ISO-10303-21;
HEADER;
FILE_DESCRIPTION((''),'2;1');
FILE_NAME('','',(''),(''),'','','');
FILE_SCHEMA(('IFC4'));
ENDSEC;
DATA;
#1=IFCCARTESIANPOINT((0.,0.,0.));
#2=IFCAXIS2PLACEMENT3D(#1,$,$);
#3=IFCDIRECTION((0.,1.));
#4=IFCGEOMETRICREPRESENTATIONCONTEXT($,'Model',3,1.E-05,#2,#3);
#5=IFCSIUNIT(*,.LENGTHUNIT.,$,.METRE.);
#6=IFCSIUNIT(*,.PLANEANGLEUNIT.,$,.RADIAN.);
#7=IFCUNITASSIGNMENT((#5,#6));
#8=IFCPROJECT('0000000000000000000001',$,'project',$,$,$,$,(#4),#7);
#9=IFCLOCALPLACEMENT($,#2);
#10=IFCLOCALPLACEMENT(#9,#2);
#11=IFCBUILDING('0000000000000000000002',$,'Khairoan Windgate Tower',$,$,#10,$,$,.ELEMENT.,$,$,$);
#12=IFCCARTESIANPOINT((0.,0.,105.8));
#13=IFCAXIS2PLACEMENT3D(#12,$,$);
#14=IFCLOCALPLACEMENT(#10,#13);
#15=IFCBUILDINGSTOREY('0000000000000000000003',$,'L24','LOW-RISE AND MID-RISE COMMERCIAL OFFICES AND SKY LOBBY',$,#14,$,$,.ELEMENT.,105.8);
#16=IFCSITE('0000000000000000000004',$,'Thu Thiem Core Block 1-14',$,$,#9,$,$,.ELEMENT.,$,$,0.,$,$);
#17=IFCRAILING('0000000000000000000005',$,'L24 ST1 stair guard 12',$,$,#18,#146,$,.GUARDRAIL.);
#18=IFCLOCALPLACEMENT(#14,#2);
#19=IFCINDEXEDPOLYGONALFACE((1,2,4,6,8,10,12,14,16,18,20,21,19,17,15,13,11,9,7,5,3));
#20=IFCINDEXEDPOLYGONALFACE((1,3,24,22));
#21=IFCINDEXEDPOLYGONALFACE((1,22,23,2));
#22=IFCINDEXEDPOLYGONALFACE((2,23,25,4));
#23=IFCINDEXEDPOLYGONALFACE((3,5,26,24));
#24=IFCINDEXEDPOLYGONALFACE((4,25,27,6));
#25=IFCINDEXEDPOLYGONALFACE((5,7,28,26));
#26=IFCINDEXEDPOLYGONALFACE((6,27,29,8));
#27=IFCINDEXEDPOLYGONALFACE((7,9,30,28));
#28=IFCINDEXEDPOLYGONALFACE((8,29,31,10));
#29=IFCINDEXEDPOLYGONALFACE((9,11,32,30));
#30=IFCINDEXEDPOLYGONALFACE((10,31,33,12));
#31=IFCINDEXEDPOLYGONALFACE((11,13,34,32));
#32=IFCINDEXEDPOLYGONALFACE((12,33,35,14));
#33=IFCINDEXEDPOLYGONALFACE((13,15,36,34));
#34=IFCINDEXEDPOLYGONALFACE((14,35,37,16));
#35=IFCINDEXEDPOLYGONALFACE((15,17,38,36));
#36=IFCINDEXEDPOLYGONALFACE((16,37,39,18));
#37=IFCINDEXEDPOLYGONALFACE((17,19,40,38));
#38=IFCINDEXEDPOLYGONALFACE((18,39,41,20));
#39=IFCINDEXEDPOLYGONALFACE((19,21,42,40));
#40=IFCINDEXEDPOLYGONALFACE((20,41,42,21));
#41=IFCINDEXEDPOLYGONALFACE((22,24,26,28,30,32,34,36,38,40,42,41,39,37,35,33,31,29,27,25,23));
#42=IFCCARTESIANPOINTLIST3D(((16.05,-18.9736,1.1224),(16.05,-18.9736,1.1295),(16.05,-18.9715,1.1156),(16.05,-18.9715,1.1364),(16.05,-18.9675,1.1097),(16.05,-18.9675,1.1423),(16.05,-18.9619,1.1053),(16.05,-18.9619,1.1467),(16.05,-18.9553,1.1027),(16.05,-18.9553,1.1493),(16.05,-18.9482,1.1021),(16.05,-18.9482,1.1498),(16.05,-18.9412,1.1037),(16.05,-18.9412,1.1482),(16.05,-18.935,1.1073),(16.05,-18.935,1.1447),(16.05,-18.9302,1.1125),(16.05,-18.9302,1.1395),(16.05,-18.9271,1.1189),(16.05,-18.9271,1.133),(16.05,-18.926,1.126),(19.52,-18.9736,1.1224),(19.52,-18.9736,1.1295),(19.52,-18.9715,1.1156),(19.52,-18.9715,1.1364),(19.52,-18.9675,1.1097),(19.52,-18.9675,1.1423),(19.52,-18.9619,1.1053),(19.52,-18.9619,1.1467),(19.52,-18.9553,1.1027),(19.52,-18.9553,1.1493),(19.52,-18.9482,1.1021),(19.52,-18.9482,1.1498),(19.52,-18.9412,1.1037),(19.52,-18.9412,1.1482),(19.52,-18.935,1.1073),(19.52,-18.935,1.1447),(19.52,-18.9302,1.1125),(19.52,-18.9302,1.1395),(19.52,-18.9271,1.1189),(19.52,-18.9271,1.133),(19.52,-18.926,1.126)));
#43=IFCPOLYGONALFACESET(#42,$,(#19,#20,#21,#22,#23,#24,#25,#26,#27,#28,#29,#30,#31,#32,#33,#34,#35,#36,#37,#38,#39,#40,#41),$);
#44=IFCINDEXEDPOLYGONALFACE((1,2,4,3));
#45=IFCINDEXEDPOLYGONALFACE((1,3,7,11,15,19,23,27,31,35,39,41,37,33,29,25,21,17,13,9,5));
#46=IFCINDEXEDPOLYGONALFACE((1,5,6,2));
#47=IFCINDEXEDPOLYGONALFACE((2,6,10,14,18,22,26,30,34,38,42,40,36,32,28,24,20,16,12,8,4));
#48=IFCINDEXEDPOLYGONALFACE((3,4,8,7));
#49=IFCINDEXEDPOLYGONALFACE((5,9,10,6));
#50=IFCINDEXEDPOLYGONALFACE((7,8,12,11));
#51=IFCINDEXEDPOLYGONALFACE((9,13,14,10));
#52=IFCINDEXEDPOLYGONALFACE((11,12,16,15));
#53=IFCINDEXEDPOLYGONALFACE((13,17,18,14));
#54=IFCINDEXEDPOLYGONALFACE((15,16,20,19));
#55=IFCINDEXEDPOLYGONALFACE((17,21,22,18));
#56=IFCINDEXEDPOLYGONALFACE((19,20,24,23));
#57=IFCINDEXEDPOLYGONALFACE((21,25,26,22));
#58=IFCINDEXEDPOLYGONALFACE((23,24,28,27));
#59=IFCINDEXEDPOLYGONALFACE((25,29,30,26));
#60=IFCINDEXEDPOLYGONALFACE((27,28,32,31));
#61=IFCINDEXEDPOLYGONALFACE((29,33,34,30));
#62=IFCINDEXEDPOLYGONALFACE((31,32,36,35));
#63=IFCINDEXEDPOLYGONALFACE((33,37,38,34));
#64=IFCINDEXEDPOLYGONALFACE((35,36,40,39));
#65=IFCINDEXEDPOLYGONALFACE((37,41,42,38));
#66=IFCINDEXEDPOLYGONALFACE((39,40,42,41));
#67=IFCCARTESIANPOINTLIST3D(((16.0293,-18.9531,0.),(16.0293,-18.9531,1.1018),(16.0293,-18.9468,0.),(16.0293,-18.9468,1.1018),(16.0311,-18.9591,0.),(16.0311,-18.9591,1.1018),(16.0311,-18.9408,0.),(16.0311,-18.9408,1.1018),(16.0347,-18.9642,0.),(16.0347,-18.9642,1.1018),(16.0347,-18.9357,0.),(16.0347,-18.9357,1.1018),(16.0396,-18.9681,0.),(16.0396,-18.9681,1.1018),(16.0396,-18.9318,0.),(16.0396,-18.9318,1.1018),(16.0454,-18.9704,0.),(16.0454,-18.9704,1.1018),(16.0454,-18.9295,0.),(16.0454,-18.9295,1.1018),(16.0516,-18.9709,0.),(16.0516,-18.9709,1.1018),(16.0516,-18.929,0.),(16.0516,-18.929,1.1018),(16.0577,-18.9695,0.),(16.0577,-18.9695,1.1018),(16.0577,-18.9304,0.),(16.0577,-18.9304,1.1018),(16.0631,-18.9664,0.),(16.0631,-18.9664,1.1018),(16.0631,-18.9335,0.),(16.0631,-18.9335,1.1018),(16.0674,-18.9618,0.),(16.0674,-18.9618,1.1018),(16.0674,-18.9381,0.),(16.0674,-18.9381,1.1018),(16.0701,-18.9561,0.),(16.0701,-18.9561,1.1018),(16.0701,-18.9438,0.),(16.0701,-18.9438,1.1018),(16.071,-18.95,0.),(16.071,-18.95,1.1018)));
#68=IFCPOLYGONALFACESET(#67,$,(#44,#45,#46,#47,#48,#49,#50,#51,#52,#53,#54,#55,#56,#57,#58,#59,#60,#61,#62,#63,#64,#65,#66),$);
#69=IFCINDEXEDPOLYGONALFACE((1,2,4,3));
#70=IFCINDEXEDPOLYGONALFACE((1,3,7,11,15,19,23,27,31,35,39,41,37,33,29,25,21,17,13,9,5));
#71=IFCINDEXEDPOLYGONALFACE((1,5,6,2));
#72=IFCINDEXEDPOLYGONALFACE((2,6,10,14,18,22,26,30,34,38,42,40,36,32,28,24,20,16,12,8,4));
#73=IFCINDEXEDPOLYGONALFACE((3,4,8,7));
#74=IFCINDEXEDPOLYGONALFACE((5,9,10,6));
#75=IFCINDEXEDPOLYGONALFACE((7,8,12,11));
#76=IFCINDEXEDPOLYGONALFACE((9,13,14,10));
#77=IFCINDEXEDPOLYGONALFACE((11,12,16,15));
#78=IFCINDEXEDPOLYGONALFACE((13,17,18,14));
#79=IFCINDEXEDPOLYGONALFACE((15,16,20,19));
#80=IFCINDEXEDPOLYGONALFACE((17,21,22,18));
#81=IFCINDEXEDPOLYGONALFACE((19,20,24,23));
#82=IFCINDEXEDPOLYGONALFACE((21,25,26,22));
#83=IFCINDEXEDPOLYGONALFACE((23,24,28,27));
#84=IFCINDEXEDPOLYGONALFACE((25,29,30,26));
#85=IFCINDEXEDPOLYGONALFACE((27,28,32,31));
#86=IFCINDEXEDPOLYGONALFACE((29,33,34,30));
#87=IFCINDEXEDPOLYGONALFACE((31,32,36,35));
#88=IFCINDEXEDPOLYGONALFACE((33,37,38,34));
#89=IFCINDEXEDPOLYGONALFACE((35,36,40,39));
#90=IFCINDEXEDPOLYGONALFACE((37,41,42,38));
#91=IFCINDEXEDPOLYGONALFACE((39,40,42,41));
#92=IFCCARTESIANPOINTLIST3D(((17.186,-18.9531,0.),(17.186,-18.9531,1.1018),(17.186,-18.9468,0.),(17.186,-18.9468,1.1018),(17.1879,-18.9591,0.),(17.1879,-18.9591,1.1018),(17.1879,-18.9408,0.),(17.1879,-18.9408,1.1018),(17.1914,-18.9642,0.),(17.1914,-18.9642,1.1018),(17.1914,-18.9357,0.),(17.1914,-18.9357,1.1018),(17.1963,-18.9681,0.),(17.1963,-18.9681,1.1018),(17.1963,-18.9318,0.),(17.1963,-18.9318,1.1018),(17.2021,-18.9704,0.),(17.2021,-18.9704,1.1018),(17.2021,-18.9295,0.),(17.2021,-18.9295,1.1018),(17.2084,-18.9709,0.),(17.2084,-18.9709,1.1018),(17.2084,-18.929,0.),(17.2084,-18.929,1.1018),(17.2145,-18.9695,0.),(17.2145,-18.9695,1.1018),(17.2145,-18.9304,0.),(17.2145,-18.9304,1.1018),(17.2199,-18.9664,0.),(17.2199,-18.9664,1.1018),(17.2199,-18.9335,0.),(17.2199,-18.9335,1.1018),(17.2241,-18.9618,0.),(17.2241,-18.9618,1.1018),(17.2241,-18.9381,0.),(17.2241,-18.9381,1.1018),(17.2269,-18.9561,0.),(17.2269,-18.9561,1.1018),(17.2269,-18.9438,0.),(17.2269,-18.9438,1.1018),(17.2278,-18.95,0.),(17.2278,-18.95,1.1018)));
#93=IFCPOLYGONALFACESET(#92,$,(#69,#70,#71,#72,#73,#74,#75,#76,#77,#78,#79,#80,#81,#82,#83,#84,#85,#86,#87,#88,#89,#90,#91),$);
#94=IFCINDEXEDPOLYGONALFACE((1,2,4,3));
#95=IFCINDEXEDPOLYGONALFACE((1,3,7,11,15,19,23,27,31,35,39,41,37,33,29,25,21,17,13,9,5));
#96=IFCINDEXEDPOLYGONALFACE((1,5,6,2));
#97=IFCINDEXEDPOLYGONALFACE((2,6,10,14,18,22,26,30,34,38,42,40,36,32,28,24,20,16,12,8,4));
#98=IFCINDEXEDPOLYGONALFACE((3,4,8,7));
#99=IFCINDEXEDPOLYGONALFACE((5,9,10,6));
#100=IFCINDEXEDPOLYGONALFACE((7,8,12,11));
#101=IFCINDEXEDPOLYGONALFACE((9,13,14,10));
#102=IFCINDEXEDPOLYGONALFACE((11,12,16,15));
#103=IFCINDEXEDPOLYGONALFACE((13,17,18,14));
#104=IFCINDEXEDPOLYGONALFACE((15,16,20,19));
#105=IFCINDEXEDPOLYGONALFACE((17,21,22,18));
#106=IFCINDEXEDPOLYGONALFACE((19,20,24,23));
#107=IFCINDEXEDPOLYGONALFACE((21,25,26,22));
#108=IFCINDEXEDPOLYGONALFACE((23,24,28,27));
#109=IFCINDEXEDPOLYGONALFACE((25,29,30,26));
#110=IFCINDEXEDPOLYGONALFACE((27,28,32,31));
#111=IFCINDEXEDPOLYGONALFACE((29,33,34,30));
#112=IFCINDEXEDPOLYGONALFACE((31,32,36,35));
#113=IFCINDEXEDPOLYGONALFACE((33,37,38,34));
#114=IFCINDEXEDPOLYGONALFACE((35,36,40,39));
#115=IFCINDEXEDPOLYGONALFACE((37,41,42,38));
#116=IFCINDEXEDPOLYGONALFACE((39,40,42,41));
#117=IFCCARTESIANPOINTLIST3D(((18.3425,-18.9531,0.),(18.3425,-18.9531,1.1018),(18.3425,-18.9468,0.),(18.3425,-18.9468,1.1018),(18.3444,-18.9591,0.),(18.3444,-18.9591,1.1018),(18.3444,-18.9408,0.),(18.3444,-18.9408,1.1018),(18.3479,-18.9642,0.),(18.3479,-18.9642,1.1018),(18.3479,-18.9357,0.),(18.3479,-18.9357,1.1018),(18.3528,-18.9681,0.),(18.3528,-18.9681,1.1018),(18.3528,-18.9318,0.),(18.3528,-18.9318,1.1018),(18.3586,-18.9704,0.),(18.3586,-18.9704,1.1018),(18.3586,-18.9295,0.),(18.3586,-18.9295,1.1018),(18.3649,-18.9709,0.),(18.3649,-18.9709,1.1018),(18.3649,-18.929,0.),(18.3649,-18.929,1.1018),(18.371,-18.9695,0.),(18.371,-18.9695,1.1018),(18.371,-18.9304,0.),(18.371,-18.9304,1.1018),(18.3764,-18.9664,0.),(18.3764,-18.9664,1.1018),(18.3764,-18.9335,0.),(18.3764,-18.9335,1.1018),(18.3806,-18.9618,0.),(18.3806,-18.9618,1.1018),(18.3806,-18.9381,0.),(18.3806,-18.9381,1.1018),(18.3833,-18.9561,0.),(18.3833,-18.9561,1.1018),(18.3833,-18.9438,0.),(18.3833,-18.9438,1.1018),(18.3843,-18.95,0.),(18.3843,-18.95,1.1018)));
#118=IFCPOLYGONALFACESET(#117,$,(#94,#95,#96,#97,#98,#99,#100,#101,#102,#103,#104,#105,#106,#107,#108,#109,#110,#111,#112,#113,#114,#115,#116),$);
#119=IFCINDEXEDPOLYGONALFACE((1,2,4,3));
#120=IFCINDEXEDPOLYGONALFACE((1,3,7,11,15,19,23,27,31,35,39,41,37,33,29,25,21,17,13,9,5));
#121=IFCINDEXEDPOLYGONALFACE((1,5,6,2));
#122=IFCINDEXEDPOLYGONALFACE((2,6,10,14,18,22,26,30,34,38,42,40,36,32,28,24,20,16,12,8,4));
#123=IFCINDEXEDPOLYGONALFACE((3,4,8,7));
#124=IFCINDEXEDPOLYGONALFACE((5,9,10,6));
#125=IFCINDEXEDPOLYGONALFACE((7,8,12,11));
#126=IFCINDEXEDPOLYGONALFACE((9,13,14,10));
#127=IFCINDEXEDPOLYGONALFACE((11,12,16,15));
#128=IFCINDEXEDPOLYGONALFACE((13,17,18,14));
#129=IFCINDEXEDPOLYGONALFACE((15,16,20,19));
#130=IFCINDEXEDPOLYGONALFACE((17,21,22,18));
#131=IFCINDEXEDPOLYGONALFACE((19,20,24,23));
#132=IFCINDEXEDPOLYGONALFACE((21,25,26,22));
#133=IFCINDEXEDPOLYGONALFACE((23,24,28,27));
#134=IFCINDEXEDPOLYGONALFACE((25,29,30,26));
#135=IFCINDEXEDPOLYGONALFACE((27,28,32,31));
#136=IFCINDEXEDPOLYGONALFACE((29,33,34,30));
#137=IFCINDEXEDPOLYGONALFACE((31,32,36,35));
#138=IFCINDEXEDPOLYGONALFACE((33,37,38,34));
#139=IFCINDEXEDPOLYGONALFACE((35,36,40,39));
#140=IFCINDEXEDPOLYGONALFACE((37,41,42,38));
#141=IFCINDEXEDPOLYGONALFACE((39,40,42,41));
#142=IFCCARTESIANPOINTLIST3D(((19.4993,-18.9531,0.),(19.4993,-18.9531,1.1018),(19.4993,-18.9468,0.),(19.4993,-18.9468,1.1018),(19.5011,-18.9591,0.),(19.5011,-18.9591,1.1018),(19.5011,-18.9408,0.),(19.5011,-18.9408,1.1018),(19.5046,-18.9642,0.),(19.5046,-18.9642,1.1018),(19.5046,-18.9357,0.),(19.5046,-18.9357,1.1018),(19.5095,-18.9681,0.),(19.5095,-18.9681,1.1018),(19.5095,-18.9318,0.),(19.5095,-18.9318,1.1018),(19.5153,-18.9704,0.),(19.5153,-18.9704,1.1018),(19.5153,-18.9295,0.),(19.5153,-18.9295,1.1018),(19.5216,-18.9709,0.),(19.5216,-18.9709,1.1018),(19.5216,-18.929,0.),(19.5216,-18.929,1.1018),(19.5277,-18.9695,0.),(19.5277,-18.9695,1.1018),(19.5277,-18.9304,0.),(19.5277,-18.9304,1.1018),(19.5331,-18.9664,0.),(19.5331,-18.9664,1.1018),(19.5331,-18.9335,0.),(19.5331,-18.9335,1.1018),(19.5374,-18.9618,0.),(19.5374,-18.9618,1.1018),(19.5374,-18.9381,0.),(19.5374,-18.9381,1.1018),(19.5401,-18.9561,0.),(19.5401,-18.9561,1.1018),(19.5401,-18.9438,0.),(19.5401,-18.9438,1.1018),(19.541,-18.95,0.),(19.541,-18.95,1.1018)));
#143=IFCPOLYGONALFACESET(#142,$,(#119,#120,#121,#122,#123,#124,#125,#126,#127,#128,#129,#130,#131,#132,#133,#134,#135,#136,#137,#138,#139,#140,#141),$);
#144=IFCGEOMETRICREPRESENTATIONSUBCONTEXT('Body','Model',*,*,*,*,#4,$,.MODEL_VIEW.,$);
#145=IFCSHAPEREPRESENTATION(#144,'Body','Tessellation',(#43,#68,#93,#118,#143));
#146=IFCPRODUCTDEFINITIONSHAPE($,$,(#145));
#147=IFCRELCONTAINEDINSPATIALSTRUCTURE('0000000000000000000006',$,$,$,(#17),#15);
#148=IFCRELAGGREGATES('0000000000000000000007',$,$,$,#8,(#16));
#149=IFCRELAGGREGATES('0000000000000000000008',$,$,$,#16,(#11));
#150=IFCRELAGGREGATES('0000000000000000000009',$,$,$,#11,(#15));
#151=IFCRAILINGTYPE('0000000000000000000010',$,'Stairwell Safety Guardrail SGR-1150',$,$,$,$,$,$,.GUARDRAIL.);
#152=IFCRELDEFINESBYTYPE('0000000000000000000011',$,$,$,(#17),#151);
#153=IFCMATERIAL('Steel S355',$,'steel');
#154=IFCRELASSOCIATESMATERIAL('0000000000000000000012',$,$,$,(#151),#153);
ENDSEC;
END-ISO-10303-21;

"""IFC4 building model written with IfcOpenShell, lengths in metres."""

from ifc_helpers import new_model, si_unit, direction, frame, origin, origin_2d, place, context, subcontext, project, spatial, circle, extrude, material, type_object, element, save


model = new_model("IFC4")

# Units and contexts
model_context = context("Model", 3, precision=1e-05, world=origin(), true_north=direction((0.0, 1.0)))
body_context = subcontext(model_context, "Body", "Model", "MODEL_VIEW")
ifc_project = project(units=[si_unit("LENGTHUNIT", "METRE"), si_unit("PLANEANGLEUNIT", "RADIAN")], contexts=[model_context])

# Site, building, storey
site_placement = place(None, origin())
site = spatial("IfcSite", under=ifc_project, at=site_placement, Name="Thu Thiem Core Block 1-14", CompositionType="ELEMENT", RefElevation=0.0)
building_placement = place(site_placement, origin())
building = spatial("IfcBuilding", under=site, at=building_placement, Name="Khairoan Windgate Tower", CompositionType="ELEMENT")
storey_placement = place(building_placement, frame((0.0, 0.0, 105.8)))
storey = spatial("IfcBuildingStorey", under=building, at=storey_placement, Name="L24", Description="LOW-RISE AND MID-RISE COMMERCIAL OFFICES AND SKY LOBBY", CompositionType="ELEMENT", Elevation=105.8)

# Railing
ifc_material_1 = material(Name="Steel S355", Category="steel")
railing_type_1 = type_object("IfcRailingType", Name="Stairwell Safety Guardrail SGR-1150", PredefinedType="GUARDRAIL", material=ifc_material_1)
railing_1_placement = place(storey_placement, frame((16.05, -18.95, 0.0)))
element("IfcRailing", 1, at=railing_1_placement, inside=storey, type_object=railing_type_1, Name="L24 ST1 stair guard 12", PredefinedType="GUARDRAIL", context=body_context, shape_type="SweptSolid", body=[
    extrude(circle(Radius=0.0239, at=origin_2d()), frame((0.0, 0.0, 1.126), z_axis=(1.0, 0.0, 0.0), x_axis=(0.0, 1.0, 0.0)), (0.0, 0.0, 1.0), 3.47),
    extrude(circle(Radius=0.021, at=origin_2d()), origin(), (0.0, 0.0, 1.0), 1.1018),
    extrude(circle(Radius=0.021, at=origin_2d()), frame((1.1567, 0.0, 0.0)), (0.0, 0.0, 1.0), 1.1018),
    extrude(circle(Radius=0.021, at=origin_2d()), frame((2.3132, 0.0, 0.0)), (0.0, 0.0, 1.0), 1.1018),
    extrude(circle(Radius=0.021, at=origin_2d()), frame((3.47, 0.0, 0.0)), (0.0, 0.0, 1.0), 1.1018),
])

save(model, "model.ifc")
